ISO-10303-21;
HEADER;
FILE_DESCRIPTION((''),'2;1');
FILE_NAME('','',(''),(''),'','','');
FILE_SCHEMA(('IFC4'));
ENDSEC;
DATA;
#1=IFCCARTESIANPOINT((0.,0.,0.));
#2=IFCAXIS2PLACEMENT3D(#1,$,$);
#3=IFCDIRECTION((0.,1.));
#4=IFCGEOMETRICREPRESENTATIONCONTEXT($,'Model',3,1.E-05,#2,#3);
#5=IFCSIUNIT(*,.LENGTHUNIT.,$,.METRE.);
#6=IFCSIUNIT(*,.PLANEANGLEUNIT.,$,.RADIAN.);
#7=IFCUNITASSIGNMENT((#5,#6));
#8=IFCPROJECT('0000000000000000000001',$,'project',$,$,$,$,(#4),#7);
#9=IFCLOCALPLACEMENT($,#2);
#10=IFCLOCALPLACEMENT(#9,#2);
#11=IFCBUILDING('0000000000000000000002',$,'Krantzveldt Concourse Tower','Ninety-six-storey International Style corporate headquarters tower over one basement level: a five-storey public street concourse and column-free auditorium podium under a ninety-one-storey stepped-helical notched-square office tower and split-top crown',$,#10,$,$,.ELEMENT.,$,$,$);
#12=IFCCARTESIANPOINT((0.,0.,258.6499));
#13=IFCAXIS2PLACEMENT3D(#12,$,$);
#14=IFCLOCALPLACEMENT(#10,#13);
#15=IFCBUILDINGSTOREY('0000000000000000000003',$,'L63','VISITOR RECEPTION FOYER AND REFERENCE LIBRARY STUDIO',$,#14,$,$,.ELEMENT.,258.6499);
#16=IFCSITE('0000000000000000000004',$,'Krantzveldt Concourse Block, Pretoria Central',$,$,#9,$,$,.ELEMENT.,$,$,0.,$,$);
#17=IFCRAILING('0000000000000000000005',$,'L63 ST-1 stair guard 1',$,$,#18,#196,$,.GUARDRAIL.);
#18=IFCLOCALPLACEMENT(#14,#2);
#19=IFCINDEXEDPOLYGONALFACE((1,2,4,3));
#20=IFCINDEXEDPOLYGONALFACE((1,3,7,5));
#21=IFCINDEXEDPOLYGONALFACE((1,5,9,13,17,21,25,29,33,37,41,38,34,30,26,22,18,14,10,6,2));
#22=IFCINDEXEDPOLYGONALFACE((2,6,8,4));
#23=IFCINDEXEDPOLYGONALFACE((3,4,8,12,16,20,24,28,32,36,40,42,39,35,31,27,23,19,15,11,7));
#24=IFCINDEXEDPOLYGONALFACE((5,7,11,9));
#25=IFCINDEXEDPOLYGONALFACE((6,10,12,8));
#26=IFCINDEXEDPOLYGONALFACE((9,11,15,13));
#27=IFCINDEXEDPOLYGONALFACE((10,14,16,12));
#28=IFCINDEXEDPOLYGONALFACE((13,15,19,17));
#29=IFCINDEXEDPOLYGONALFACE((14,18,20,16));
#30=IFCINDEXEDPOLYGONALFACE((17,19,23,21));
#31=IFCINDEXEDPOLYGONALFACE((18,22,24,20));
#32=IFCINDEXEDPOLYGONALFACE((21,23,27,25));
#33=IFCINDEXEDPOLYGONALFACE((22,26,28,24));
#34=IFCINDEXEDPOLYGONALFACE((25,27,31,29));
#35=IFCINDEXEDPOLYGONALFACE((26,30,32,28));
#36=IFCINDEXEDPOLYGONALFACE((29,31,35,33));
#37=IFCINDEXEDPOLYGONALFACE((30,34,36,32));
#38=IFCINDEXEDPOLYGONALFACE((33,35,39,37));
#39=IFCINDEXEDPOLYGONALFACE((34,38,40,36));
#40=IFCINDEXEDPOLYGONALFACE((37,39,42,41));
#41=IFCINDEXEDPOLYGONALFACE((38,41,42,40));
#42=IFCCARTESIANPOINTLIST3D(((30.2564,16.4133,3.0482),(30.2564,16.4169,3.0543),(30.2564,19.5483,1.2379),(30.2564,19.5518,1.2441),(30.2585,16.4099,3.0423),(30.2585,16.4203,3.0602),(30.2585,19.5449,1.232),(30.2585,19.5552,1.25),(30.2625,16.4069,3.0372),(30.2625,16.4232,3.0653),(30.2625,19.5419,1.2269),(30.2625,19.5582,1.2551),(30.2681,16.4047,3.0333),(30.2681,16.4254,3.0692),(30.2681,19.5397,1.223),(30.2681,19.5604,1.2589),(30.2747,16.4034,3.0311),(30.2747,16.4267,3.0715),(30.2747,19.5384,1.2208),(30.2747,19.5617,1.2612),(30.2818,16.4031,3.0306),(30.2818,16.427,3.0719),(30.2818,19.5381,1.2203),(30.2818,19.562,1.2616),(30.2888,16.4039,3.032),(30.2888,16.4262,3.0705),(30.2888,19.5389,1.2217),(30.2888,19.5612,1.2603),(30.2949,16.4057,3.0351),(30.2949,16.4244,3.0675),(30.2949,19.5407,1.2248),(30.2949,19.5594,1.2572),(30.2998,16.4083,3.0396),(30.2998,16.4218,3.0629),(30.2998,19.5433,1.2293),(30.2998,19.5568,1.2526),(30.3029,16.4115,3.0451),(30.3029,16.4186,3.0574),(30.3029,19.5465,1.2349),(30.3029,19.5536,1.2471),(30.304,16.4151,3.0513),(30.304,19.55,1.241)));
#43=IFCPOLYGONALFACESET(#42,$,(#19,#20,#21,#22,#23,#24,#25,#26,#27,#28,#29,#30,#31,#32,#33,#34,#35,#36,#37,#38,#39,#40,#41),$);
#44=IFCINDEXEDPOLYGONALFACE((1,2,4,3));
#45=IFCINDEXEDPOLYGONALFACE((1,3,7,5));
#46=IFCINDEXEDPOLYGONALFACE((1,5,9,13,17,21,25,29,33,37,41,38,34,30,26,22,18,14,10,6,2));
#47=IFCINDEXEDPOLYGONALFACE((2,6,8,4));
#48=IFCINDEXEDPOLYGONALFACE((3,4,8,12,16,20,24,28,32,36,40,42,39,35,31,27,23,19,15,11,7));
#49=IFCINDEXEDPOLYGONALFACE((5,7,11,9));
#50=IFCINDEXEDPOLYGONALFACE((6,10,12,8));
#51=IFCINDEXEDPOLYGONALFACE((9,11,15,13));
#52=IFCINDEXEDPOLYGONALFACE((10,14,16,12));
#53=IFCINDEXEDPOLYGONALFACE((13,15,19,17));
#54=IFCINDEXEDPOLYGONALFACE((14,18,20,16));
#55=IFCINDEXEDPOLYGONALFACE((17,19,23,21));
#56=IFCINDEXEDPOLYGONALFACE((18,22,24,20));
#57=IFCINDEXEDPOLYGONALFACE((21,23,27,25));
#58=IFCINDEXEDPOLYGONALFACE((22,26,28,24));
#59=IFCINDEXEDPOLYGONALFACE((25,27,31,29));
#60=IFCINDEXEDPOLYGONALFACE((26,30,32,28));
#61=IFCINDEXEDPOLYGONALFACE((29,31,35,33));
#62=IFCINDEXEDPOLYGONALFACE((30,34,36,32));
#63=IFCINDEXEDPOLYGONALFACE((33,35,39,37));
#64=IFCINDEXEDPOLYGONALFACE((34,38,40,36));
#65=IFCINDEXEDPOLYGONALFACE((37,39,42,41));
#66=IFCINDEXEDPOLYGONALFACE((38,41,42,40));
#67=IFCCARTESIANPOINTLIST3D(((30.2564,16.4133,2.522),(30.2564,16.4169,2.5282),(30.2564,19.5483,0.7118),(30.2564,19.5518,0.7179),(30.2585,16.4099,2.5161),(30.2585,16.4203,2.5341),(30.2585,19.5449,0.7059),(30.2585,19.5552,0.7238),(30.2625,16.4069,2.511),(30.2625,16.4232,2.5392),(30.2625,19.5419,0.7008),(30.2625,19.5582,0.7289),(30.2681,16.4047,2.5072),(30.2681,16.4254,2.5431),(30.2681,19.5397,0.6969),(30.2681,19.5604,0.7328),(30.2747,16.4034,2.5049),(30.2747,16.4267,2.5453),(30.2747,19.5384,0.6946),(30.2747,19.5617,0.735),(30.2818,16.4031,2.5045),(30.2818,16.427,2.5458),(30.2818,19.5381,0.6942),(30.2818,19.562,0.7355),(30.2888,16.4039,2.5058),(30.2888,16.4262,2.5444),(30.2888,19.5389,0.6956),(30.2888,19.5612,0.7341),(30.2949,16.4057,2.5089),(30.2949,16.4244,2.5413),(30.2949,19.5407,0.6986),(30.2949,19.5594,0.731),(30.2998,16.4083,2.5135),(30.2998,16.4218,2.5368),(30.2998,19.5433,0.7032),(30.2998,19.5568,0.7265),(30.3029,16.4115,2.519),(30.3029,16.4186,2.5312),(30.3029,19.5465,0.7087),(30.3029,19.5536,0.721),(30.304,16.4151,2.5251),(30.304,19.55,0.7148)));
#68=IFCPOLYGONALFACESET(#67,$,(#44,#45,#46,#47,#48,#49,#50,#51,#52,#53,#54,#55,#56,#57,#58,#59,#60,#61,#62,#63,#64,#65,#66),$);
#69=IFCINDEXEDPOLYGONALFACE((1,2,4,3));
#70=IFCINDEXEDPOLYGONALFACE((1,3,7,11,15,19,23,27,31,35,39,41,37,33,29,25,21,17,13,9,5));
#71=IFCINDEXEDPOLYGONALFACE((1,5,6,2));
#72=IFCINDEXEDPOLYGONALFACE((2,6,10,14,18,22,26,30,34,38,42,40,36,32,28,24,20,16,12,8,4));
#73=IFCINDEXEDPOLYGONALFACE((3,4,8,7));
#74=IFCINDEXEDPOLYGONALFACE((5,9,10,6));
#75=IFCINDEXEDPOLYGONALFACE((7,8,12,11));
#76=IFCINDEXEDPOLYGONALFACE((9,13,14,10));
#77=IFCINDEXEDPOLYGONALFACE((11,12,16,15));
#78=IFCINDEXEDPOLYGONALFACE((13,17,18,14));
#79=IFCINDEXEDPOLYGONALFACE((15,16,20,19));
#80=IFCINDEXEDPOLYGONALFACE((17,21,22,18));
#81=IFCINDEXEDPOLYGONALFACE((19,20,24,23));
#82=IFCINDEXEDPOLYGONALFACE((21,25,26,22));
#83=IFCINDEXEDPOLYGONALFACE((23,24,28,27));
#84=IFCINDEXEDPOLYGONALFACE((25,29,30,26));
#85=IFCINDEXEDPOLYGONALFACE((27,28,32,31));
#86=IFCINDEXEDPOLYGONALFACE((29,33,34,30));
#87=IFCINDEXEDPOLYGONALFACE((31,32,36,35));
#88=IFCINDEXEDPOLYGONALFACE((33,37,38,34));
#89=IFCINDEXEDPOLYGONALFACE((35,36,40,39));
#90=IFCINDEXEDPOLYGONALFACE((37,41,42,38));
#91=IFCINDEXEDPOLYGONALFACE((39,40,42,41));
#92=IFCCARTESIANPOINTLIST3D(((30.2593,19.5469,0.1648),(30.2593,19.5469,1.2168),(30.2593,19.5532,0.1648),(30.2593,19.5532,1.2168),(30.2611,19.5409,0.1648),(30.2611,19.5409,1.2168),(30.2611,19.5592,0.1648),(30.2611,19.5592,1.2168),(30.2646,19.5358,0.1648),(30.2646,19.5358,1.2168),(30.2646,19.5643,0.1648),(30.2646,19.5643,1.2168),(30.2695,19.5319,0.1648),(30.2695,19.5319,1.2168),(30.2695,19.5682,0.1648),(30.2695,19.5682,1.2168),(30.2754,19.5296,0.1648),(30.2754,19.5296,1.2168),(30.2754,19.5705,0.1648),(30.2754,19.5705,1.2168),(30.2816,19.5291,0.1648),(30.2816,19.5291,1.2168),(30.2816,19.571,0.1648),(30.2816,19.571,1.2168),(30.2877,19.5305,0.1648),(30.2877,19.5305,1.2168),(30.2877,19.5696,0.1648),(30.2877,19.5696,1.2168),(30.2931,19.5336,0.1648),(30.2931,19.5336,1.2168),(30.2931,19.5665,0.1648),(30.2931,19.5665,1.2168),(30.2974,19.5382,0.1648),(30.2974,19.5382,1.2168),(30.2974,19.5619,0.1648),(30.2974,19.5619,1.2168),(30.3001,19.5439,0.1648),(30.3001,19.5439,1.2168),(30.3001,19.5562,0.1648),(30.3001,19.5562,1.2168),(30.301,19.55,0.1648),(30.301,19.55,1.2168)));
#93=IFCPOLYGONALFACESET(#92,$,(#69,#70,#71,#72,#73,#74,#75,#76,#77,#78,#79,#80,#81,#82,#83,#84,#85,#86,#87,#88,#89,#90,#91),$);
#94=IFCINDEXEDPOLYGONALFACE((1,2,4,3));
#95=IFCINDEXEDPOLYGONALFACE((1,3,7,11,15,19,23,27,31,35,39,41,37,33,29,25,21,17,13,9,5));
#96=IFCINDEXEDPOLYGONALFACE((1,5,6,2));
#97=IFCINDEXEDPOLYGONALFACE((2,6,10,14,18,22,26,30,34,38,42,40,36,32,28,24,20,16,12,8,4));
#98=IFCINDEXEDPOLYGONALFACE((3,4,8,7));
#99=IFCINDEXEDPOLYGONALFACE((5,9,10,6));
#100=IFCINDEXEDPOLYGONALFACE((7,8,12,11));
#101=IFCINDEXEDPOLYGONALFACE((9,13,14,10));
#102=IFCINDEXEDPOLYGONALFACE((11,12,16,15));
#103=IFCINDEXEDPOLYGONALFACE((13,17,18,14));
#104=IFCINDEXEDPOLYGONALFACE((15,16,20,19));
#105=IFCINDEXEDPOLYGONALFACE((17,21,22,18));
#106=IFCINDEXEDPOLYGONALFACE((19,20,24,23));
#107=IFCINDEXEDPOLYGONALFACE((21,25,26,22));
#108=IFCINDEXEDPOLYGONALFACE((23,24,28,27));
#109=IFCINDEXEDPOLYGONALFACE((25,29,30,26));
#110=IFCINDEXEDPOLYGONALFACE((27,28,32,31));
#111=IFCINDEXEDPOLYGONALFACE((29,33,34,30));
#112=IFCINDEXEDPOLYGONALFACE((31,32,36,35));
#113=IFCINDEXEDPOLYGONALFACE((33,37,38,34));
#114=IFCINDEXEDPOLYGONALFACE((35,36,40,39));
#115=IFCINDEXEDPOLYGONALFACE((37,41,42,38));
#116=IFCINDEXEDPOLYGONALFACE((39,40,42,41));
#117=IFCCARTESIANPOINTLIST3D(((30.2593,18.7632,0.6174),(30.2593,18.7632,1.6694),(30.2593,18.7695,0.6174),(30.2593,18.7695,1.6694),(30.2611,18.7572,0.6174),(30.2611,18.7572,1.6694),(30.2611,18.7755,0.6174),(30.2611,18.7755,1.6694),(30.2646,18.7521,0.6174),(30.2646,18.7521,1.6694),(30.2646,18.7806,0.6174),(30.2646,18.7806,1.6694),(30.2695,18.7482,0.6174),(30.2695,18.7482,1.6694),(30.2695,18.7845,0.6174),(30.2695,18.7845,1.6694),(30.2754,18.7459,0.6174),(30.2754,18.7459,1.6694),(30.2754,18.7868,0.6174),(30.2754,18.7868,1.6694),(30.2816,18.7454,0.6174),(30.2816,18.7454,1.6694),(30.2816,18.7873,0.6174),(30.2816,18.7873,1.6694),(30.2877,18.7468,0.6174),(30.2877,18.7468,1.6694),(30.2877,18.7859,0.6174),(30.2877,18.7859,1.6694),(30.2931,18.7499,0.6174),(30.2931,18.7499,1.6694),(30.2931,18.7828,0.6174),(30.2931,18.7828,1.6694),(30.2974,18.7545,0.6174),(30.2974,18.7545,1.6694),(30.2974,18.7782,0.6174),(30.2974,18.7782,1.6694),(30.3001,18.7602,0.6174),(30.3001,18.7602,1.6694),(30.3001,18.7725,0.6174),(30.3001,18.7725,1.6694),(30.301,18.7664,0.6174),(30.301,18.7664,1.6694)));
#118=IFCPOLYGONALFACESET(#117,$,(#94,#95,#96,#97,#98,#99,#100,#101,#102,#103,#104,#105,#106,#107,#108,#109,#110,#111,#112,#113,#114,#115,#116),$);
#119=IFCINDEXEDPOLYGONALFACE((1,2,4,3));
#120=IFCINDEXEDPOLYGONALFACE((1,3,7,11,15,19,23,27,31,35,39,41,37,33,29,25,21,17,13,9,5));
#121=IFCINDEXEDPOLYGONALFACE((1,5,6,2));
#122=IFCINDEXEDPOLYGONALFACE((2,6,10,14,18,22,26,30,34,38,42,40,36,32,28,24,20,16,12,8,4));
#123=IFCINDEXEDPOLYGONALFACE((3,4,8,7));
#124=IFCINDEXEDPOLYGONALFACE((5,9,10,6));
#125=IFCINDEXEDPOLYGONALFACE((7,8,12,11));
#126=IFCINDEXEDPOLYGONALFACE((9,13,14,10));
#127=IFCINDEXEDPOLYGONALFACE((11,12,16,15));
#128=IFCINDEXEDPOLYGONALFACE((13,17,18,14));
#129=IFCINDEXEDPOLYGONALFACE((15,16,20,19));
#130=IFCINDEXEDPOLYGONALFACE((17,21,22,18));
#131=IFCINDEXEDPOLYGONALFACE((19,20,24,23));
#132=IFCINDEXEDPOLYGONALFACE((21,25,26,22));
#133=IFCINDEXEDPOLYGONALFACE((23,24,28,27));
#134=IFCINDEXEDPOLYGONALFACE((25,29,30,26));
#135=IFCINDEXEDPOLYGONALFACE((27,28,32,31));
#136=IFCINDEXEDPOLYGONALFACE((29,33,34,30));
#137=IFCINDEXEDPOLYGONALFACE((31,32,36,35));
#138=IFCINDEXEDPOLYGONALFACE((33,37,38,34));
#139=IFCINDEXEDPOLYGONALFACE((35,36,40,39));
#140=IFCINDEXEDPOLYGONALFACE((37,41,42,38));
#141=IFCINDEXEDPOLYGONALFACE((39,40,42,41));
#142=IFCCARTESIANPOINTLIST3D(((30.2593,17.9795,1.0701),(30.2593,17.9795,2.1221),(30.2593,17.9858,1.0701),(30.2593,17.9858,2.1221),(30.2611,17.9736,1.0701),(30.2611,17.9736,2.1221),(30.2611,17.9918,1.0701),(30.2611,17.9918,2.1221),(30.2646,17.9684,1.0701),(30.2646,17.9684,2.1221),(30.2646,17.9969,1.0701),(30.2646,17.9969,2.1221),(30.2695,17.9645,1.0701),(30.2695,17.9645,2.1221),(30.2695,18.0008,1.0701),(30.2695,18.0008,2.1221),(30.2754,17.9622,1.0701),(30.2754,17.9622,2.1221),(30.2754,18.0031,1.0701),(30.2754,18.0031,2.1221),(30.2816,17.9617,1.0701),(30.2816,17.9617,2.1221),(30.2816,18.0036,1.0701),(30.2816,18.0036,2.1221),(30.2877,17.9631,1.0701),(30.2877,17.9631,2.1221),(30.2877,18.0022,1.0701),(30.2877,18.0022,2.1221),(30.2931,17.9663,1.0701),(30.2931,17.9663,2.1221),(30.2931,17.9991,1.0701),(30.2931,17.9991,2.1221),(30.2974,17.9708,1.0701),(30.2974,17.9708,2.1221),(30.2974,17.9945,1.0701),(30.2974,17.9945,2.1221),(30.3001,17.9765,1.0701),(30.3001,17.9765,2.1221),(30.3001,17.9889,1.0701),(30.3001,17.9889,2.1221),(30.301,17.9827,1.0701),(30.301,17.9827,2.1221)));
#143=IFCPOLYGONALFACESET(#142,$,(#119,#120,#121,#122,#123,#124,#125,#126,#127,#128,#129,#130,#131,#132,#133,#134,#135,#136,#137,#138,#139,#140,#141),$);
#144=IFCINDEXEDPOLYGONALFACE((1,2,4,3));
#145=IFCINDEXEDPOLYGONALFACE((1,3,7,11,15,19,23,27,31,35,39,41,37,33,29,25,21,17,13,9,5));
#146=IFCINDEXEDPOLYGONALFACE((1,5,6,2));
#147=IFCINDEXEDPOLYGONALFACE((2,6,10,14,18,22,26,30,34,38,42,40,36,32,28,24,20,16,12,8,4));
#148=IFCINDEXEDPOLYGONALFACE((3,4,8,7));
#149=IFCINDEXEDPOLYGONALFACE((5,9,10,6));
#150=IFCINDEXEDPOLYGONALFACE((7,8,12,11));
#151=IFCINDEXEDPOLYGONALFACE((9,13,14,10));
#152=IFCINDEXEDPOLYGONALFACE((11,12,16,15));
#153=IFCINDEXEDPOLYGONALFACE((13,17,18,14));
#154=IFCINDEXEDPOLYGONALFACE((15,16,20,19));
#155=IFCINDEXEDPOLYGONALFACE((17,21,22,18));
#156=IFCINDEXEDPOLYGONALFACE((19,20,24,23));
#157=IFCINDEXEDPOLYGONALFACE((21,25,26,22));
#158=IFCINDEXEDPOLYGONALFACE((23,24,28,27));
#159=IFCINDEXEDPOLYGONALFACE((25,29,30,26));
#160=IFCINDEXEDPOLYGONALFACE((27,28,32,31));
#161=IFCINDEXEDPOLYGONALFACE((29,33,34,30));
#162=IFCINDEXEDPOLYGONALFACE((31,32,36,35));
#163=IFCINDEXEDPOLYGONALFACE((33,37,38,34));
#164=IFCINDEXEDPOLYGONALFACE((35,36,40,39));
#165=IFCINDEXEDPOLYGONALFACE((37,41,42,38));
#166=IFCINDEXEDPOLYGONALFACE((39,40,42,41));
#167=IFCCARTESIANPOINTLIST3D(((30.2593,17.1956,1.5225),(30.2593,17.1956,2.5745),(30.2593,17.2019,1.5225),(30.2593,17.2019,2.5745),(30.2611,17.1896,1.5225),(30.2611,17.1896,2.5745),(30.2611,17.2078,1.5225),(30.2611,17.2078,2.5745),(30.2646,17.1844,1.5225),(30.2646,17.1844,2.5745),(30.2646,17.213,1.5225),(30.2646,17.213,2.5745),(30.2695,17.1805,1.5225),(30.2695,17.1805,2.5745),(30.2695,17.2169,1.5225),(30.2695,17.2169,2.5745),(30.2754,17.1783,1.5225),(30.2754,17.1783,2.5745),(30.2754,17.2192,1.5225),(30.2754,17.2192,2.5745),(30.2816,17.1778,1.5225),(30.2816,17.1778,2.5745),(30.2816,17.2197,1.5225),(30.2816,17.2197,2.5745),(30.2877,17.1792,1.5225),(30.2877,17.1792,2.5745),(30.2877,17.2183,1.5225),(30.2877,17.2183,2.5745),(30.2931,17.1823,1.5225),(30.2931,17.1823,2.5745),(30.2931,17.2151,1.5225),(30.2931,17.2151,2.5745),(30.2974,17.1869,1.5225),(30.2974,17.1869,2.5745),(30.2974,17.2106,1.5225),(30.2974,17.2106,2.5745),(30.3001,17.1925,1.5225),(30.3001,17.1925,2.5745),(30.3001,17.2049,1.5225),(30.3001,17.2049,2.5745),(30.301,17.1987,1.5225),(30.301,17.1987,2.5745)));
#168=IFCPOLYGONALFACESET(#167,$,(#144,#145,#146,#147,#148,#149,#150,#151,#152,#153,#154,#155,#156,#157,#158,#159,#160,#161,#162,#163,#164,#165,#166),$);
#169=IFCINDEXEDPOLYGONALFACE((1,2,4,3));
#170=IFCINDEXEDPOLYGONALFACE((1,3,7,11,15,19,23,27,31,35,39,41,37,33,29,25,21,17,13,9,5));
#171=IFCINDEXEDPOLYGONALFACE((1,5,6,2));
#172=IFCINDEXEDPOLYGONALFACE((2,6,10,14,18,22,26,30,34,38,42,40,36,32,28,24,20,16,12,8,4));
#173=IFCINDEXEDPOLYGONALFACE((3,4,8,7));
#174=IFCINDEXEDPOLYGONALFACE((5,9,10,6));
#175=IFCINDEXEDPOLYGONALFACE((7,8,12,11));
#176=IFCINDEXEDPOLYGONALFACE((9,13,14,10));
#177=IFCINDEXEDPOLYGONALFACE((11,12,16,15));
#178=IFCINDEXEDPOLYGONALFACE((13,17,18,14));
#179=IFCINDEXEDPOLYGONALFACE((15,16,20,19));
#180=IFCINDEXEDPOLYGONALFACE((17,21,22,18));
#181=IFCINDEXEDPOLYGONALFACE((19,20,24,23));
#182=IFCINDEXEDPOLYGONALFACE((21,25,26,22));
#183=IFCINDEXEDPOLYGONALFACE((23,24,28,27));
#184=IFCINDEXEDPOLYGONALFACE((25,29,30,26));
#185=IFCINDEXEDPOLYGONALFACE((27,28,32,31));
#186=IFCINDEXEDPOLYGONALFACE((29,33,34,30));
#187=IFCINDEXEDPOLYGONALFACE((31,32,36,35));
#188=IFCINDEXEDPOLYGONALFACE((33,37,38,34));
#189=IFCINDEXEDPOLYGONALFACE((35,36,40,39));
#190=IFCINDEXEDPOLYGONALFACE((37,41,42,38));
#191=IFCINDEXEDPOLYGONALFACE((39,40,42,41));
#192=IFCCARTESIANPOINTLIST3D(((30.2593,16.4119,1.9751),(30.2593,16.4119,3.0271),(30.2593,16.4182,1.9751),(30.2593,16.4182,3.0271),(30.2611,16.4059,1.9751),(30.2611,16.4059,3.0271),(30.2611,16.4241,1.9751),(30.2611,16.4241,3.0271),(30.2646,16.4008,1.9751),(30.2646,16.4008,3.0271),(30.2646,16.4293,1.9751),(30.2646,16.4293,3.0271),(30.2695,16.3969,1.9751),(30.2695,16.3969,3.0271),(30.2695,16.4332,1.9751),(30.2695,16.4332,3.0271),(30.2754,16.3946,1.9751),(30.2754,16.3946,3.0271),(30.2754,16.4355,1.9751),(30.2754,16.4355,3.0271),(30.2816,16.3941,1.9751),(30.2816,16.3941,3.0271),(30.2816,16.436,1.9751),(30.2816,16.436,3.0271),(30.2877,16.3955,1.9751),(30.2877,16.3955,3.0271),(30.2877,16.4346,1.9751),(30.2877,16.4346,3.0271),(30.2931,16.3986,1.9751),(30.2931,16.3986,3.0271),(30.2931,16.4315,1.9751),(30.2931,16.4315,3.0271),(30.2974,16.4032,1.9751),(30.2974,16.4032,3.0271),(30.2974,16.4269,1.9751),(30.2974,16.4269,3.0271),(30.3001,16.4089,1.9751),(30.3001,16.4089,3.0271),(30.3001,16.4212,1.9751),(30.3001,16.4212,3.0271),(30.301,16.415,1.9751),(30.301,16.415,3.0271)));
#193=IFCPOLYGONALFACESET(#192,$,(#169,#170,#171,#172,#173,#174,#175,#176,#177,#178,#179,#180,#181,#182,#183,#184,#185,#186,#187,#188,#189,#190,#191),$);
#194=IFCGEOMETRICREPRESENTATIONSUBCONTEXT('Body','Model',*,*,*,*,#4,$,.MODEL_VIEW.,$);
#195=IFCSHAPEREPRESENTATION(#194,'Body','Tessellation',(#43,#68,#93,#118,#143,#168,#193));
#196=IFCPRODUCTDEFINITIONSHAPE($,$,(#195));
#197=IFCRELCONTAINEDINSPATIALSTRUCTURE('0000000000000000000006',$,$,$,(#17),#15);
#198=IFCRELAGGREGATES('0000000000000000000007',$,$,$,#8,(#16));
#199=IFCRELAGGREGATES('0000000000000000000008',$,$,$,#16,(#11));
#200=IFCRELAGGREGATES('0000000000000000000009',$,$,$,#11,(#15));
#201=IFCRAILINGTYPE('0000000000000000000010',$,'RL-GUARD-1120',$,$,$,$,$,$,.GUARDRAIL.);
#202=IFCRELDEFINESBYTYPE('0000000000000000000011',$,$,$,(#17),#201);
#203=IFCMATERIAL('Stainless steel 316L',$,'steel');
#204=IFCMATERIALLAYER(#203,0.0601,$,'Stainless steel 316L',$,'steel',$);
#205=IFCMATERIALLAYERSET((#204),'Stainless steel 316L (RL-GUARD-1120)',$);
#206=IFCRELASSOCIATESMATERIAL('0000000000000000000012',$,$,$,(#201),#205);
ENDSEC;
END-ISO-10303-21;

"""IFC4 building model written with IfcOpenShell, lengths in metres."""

from ifc_helpers import new_model, si_unit, direction, frame, origin, origin_2d, place, context, subcontext, project, spatial, circle, extrude, material, layer, layer_set, type_object, element, save


model = new_model("IFC4")

# Units and contexts
model_context = context("Model", 3, precision=1e-05, world=origin(), true_north=direction((0.0, 1.0)))
body_context = subcontext(model_context, "Body", "Model", "MODEL_VIEW")
ifc_project = project(units=[si_unit("LENGTHUNIT", "METRE"), si_unit("PLANEANGLEUNIT", "RADIAN")], contexts=[model_context])

# Site, building, storey
site_placement = place(None, origin())
site = spatial("IfcSite", under=ifc_project, at=site_placement, Name="Krantzveldt Concourse Block, Pretoria Central", CompositionType="ELEMENT", RefElevation=0.0)
building_placement = place(site_placement, origin())
building = spatial("IfcBuilding", under=site, at=building_placement, Name="Krantzveldt Concourse Tower", Description="Ninety-six-storey International Style corporate headquarters tower over one basement level: a five-storey public street concourse and column-free auditorium podium under a ninety-one-storey stepped-helical notched-square office tower and split-top crown", CompositionType="ELEMENT")
storey_placement = place(building_placement, frame((0.0, 0.0, 258.6499)))
storey = spatial("IfcBuildingStorey", under=building, at=storey_placement, Name="L63", Description="VISITOR RECEPTION FOYER AND REFERENCE LIBRARY STUDIO", CompositionType="ELEMENT", Elevation=258.6499)

# Railing
ifc_material_1 = material(Name="Stainless steel 316L", Category="steel")
ifc_layer_1 = layer(ifc_material_1, 0.0601, Name="Stainless steel 316L", Category="steel")
ifc_layer_set_1 = layer_set([ifc_layer_1], Name="Stainless steel 316L (RL-GUARD-1120)")
railing_type_1 = type_object("IfcRailingType", Name="RL-GUARD-1120", PredefinedType="GUARDRAIL", material=ifc_layer_set_1)
railing_1_placement = place(storey_placement, frame((30.28, 19.55, 0.1648)))
element("IfcRailing", 1, at=railing_1_placement, inside=storey, type_object=railing_type_1, Name="L63 ST-1 stair guard 1", PredefinedType="GUARDRAIL", context=body_context, shape_type="SweptSolid", body=[
    extrude(circle(Radius=0.0239, at=origin_2d()), frame((0.0, 0.0, 1.0762), z_axis=(0.0, -0.865989, 0.500063), x_axis=(1.0, 0.0, 0.0)), (0.0, 0.0, 1.0), 3.6201),
    extrude(circle(Radius=0.0239, at=origin_2d()), frame((0.0, 0.0, 0.55), z_axis=(0.0, -0.865989, 0.500063), x_axis=(1.0, 0.0, 0.0)), (0.0, 0.0, 1.0), 3.6201),
    extrude(circle(Radius=0.021, at=origin_2d()), origin(), (0.0, 0.0, 1.0), 1.052),
    extrude(circle(Radius=0.021, at=origin_2d()), frame((0.0, -0.7837, 0.4526)), (0.0, 0.0, 1.0), 1.052),
    extrude(circle(Radius=0.021, at=origin_2d()), frame((0.0, -1.5674, 0.9053)), (0.0, 0.0, 1.0), 1.052),
    extrude(circle(Radius=0.021, at=origin_2d()), frame((0.0, -2.3513, 1.3577)), (0.0, 0.0, 1.0), 1.052),
    extrude(circle(Radius=0.021, at=origin_2d()), frame((0.0, -3.135, 1.8103)), (0.0, 0.0, 1.0), 1.052),
])

save(model, "model.ifc")
